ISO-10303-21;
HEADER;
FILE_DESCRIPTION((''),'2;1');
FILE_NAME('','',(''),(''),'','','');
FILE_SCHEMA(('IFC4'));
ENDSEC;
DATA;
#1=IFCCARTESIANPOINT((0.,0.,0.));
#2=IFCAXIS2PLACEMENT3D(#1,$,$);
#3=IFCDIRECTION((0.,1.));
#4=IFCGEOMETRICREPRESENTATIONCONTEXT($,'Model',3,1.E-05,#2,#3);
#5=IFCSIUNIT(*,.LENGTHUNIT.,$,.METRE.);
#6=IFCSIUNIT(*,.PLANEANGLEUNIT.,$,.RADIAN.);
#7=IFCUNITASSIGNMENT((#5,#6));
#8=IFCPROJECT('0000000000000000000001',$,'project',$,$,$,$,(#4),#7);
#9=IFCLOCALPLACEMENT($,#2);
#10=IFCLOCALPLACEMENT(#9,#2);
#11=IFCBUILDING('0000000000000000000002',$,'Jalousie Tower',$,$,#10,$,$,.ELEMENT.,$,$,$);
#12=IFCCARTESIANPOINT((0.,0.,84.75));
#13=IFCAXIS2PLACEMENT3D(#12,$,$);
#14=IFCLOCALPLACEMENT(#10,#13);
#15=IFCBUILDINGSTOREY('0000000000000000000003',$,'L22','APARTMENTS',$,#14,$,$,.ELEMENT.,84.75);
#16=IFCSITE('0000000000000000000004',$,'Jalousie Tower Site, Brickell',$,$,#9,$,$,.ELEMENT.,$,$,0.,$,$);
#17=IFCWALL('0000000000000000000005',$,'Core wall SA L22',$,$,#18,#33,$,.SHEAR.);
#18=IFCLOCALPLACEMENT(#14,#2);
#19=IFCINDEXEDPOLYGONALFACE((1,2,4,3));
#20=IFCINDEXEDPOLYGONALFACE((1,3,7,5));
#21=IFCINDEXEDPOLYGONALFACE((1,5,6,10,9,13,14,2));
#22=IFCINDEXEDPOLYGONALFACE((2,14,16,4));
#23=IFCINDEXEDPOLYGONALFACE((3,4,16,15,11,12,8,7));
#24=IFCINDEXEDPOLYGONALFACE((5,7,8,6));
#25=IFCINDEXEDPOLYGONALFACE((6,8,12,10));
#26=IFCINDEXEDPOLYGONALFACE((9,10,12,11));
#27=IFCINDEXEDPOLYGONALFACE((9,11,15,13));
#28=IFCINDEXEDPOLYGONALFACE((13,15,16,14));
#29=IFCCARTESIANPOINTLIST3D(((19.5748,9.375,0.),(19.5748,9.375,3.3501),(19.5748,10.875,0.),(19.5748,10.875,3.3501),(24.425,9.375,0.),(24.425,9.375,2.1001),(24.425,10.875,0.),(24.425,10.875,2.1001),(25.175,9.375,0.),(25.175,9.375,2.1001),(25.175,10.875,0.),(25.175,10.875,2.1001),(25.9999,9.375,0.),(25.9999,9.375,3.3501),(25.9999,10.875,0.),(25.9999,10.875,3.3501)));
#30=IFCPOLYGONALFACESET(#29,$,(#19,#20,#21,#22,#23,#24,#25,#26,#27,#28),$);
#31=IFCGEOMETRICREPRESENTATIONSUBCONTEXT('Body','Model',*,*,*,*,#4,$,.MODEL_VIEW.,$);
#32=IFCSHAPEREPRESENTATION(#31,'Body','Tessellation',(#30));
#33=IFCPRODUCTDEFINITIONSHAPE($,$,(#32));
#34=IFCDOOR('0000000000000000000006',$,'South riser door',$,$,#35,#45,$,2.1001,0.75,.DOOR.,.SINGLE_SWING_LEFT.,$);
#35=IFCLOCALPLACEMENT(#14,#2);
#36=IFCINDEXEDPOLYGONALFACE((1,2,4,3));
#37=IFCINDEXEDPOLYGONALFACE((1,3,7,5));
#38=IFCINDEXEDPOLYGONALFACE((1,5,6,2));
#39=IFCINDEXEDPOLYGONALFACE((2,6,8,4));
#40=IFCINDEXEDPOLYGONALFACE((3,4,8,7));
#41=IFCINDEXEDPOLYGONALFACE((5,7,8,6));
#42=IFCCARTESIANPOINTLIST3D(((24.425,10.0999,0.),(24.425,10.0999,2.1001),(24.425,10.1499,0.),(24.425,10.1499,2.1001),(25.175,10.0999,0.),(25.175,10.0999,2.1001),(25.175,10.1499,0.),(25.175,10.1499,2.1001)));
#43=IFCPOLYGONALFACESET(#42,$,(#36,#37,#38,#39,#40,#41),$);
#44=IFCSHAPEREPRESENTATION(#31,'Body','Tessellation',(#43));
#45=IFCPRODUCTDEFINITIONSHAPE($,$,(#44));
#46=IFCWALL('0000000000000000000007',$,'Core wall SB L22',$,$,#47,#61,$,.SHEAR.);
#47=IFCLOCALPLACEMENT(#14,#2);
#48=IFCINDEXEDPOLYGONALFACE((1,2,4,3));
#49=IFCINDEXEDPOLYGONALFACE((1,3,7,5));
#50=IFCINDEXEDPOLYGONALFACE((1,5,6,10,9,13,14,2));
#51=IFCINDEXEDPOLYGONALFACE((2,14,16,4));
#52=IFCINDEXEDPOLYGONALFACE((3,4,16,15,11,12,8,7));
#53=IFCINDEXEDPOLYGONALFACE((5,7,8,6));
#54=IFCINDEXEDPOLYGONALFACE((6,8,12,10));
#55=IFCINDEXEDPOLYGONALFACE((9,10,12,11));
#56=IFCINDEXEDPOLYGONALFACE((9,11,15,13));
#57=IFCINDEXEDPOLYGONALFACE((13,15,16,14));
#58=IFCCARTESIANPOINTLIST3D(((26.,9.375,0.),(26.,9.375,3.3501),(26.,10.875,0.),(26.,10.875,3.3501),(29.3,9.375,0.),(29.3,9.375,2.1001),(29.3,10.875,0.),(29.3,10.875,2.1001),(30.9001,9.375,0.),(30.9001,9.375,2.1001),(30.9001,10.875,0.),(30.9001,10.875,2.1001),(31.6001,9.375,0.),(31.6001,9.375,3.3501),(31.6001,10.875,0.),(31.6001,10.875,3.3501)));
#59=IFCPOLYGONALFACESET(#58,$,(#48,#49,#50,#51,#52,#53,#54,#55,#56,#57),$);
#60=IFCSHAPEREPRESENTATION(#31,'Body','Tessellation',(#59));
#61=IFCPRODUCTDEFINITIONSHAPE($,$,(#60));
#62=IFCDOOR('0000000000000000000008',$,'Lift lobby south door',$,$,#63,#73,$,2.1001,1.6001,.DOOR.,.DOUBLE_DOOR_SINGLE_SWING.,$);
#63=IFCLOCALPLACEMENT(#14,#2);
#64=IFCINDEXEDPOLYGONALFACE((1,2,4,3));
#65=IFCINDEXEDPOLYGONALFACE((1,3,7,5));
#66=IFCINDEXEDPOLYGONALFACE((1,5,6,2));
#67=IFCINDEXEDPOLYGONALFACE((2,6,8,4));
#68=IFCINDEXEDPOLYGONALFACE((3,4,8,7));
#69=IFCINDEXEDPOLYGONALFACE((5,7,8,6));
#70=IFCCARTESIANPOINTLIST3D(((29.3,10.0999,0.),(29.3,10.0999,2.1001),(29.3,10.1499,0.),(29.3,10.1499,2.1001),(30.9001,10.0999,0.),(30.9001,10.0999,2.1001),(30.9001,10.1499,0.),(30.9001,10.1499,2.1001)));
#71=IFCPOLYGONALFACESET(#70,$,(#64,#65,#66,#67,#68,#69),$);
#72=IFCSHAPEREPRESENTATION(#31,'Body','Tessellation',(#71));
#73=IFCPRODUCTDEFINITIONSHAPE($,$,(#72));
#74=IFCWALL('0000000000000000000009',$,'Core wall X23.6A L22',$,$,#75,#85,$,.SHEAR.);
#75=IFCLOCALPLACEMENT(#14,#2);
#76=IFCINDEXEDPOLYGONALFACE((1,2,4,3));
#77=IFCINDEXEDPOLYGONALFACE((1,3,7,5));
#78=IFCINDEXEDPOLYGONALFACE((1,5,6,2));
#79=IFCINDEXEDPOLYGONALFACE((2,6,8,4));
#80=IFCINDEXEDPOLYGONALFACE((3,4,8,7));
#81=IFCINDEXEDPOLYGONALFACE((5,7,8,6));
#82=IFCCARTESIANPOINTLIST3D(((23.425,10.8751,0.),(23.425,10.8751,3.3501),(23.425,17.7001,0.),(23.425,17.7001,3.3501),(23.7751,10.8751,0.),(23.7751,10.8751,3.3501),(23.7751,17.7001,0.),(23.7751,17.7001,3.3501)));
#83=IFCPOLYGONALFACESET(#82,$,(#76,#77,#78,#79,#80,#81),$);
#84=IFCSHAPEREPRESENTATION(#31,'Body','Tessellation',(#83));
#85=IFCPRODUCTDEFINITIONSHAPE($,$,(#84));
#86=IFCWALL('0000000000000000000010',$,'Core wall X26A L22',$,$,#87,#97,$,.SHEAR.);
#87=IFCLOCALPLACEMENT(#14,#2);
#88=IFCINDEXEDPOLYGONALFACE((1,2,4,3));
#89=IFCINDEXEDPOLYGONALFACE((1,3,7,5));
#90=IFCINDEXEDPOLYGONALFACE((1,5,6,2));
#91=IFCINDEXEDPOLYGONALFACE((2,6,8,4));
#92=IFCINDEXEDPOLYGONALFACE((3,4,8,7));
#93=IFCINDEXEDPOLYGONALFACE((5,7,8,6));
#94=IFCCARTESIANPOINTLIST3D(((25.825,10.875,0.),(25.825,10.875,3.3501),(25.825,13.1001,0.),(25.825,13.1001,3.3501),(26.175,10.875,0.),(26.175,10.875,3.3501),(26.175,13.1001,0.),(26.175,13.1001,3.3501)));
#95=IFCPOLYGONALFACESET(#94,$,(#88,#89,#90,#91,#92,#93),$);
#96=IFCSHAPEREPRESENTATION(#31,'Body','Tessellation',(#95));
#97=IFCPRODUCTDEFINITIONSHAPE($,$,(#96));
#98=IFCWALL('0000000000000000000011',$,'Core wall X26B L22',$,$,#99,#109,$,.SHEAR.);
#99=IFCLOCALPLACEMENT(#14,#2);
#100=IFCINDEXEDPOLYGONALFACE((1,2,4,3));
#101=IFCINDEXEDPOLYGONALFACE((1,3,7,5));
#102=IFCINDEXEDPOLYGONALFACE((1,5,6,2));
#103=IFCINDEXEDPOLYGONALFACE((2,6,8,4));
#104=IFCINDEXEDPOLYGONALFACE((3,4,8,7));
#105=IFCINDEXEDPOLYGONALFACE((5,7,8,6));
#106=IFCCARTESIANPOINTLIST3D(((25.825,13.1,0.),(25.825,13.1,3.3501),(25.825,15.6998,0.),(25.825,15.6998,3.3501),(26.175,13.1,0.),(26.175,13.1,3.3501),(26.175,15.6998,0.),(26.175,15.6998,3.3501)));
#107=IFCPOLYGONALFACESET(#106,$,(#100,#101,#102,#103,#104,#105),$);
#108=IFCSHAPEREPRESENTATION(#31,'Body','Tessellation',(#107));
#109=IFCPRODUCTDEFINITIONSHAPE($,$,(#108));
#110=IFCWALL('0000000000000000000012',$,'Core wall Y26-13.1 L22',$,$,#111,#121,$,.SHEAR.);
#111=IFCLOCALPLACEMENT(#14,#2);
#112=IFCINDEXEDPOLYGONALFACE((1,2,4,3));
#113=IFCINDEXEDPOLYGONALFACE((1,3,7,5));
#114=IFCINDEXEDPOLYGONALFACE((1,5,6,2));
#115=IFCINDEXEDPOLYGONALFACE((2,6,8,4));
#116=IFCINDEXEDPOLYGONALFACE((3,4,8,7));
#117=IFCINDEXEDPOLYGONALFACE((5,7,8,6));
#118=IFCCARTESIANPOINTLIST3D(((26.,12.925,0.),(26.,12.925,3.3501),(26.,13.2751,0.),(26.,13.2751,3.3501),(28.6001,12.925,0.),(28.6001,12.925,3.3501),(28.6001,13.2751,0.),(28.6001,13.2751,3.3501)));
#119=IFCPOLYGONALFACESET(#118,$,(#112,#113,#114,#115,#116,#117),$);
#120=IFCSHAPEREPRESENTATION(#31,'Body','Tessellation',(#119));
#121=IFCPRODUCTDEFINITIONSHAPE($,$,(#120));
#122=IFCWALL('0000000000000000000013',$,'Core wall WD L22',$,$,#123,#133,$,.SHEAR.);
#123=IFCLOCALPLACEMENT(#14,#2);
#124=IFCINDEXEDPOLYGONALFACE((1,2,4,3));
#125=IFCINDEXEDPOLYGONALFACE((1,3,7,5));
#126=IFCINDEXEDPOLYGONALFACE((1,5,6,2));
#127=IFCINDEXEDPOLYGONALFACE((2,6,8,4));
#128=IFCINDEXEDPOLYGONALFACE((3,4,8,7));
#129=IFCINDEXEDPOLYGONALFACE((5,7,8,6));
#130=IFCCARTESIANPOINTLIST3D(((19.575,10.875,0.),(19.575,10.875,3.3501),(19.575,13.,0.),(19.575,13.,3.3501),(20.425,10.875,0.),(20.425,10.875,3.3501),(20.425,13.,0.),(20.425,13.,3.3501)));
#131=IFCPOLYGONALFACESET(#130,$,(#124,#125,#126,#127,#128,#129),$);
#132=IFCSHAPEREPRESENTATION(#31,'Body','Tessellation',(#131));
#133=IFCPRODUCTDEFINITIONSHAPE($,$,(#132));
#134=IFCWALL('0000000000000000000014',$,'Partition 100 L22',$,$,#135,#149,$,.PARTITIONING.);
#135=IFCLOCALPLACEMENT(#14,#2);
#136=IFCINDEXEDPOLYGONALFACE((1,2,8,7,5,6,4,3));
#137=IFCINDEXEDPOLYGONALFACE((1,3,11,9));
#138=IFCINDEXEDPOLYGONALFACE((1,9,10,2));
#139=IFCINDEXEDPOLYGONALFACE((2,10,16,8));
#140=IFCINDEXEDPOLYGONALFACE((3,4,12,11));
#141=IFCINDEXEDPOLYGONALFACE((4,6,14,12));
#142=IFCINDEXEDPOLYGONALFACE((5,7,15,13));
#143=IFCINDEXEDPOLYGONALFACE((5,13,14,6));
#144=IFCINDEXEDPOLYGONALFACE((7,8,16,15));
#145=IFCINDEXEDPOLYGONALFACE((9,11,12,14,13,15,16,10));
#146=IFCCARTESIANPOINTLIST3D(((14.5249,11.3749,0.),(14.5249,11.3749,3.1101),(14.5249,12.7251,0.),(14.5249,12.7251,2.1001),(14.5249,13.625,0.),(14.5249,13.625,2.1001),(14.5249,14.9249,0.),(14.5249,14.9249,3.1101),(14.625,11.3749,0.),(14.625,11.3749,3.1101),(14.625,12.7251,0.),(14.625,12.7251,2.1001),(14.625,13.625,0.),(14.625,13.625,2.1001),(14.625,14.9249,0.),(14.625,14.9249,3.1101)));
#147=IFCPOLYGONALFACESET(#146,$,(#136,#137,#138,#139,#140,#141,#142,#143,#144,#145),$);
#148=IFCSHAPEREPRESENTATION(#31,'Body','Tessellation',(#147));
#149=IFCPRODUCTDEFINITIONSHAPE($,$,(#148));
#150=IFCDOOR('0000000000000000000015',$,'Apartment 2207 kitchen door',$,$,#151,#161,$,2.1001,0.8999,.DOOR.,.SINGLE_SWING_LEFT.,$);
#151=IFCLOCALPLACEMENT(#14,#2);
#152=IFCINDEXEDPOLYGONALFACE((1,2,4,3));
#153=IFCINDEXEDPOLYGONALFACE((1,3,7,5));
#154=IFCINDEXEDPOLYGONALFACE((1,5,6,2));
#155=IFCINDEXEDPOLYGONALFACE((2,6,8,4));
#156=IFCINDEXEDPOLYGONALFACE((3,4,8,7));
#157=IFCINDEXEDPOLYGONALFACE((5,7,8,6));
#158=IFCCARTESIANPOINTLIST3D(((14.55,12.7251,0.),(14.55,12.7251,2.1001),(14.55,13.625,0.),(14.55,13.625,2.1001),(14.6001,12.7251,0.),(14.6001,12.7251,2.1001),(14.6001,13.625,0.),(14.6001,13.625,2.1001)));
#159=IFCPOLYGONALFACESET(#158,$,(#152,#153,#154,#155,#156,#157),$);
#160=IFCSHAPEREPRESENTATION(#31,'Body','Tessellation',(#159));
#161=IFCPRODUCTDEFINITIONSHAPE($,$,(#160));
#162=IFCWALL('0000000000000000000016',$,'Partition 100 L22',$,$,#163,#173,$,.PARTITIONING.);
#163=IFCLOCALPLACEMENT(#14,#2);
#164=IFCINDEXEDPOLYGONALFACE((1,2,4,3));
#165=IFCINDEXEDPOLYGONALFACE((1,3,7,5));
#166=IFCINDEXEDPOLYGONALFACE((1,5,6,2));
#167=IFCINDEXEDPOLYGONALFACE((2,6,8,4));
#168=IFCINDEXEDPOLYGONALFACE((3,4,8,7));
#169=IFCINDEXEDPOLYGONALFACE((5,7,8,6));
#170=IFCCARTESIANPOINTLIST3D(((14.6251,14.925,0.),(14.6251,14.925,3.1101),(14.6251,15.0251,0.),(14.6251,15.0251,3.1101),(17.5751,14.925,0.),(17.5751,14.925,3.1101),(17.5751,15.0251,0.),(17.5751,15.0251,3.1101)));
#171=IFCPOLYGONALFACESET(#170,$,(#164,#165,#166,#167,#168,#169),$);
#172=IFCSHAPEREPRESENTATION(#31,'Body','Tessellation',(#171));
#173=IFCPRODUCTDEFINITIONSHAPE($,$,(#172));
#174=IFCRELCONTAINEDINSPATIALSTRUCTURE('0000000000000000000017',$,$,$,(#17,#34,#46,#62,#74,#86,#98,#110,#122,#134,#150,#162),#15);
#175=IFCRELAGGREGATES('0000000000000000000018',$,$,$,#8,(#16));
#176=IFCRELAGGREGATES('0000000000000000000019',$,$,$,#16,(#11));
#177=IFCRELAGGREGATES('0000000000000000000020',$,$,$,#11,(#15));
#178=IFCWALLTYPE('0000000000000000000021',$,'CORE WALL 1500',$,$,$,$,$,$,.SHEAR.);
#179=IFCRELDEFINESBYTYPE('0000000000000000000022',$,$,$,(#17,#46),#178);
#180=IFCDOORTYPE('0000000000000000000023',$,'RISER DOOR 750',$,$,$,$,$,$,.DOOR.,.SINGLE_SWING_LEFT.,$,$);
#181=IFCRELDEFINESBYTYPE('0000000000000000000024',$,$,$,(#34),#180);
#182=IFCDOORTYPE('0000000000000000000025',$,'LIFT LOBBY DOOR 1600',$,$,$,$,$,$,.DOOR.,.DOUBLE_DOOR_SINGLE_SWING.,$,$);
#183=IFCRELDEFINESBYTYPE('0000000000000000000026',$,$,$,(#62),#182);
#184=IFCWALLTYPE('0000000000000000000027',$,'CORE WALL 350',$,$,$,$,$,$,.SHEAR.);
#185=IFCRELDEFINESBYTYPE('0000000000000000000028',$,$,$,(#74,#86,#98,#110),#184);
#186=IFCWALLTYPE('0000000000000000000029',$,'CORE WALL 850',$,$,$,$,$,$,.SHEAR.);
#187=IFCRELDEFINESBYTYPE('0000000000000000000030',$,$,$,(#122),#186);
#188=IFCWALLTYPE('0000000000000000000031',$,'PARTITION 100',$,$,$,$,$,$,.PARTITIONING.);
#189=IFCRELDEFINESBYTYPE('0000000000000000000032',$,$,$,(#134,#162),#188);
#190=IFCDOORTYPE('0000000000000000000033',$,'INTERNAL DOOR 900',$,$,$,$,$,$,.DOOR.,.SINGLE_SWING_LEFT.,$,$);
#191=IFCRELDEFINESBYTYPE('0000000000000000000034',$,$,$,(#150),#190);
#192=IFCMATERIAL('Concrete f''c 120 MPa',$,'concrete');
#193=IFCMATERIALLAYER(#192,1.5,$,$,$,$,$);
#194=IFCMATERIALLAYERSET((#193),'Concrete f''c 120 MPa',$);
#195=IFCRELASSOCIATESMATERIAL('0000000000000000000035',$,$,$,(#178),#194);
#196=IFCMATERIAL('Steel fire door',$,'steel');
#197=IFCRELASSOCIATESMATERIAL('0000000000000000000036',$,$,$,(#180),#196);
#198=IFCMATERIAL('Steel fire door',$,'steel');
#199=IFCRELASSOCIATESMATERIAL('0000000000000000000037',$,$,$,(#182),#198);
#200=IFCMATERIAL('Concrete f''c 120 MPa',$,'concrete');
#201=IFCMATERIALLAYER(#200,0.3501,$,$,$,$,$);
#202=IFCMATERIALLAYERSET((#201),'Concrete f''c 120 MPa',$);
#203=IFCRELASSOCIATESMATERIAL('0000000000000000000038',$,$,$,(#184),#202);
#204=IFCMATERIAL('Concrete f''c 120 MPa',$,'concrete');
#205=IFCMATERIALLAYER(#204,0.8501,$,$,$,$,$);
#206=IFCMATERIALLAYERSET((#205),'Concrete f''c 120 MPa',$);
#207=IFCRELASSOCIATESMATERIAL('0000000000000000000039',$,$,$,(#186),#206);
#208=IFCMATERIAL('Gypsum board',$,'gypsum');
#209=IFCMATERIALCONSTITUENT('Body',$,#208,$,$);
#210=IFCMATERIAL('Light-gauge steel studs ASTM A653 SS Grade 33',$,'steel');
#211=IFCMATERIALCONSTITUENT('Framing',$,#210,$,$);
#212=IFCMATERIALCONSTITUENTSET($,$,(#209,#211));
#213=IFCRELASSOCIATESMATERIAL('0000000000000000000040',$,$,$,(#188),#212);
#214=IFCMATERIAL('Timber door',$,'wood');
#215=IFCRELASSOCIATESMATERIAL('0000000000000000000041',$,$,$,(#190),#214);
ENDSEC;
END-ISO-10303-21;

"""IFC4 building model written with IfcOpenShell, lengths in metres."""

from ifc_helpers import new_model, si_unit, direction, frame, frame_2d, origin, place, context, subcontext, project, spatial, rectangle, extrude, material, layer, layer_set, constituent, constituent_set, type_object, element, fill, save


model = new_model("IFC4")

# Units and contexts
model_context = context("Model", 3, precision=1e-05, world=origin(), true_north=direction((0.0, 1.0)))
body_context = subcontext(model_context, "Body", "Model", "MODEL_VIEW")
ifc_project = project(units=[si_unit("LENGTHUNIT", "METRE"), si_unit("PLANEANGLEUNIT", "RADIAN")], contexts=[model_context])

# Site, building, storey
site_placement = place(None, origin())
site = spatial("IfcSite", under=ifc_project, at=site_placement, Name="Jalousie Tower Site, Brickell", CompositionType="ELEMENT", RefElevation=0.0)
building_placement = place(site_placement, origin())
building = spatial("IfcBuilding", under=site, at=building_placement, Name="Jalousie Tower", CompositionType="ELEMENT")
storey_placement = place(building_placement, frame((0.0, 0.0, 84.75)))
storey = spatial("IfcBuildingStorey", under=building, at=storey_placement, Name="L22", Description="APARTMENTS", CompositionType="ELEMENT", Elevation=84.75)

# Walls, openings, doors
ifc_material_1 = material(Name="Concrete f'c 120 MPa", Category="concrete")
ifc_layer_1 = layer(ifc_material_1, 1.5)
ifc_layer_set_1 = layer_set([ifc_layer_1], Name="Concrete f'c 120 MPa")
wall_type_1 = type_object("IfcWallType", Name="CORE WALL 1500", PredefinedType="SHEAR", material=ifc_layer_set_1)
wall_1_placement = place(storey_placement, frame((19.575, 10.125, 0.0), z_axis=(0.0, 0.0, 1.0), x_axis=(1.0, 0.0, 0.0)))
wall_1 = element("IfcWall", 1, at=wall_1_placement, inside=storey, type_object=wall_type_1, Name="Core wall SA L22", PredefinedType="SHEAR", context=body_context, shape_type="SweptSolid", body=[
    extrude(rectangle(XDim=6.425, YDim=1.5, at=frame_2d((3.2124, 0.0))), origin(), (0.0, 0.0, 1.0), 3.3501),
])
opening_1_placement = place(wall_1_placement, frame((4.8501, 0.0, 0.0)))
opening_1 = element("IfcOpeningElement", 2, at=opening_1_placement, cuts=wall_1, PredefinedType="OPENING", context=body_context, shape_type="SweptSolid", body=[
    extrude(rectangle(XDim=0.75, YDim=2.1001, at=frame_2d((0.375, 1.05))), frame((0.0, 0.76, 0.0), z_axis=(0.0, -1.0, 0.0), x_axis=(1.0, 0.0, 0.0)), (0.0, 0.0, 1.0), 1.52),
])
ifc_material_2 = material(Name="Steel fire door", Category="steel")
door_type_1 = type_object("IfcDoorType", Name="RISER DOOR 750", OperationType="SINGLE_SWING_LEFT", PredefinedType="DOOR", material=ifc_material_2)
door_1_placement = place(opening_1_placement, origin())
door_1 = element("IfcDoor", 3, at=door_1_placement, inside=storey, type_object=door_type_1, Name="South riser door", OperationType="SINGLE_SWING_LEFT", OverallHeight=2.1001, OverallWidth=0.75, PredefinedType="DOOR", context=body_context, shape_type="SweptSolid", body=[
    extrude(rectangle(XDim=0.75, YDim=2.1001, at=frame_2d((0.375, 1.05))), frame((0.0, 0.0249, 0.0), z_axis=(0.0, -1.0, 0.0), x_axis=(1.0, 0.0, 0.0)), (0.0, 0.0, 1.0), 0.05),
])
fill(opening_1, door_1)
wall_2_placement = place(storey_placement, frame((26.0, 10.125, 0.0), z_axis=(0.0, 0.0, 1.0), x_axis=(1.0, 0.0, 0.0)))
wall_2 = element("IfcWall", 4, at=wall_2_placement, inside=storey, type_object=wall_type_1, Name="Core wall SB L22", PredefinedType="SHEAR", context=body_context, shape_type="SweptSolid", body=[
    extrude(rectangle(XDim=5.6001, YDim=1.5, at=frame_2d((2.8, 0.0))), origin(), (0.0, 0.0, 1.0), 3.3501),
])
opening_2_placement = place(wall_2_placement, frame((3.3, 0.0, 0.0)))
opening_2 = element("IfcOpeningElement", 5, at=opening_2_placement, cuts=wall_2, PredefinedType="OPENING", context=body_context, shape_type="SweptSolid", body=[
    extrude(rectangle(XDim=1.6001, YDim=2.1001, at=frame_2d((0.8, 1.05))), frame((0.0, 0.76, 0.0), z_axis=(0.0, -1.0, 0.0), x_axis=(1.0, 0.0, 0.0)), (0.0, 0.0, 1.0), 1.52),
])
ifc_material_3 = material(Name="Steel fire door", Category="steel")
door_type_2 = type_object("IfcDoorType", Name="LIFT LOBBY DOOR 1600", OperationType="DOUBLE_DOOR_SINGLE_SWING", PredefinedType="DOOR", material=ifc_material_3)
door_2_placement = place(opening_2_placement, origin())
door_2 = element("IfcDoor", 6, at=door_2_placement, inside=storey, type_object=door_type_2, Name="Lift lobby south door", OperationType="DOUBLE_DOOR_SINGLE_SWING", OverallHeight=2.1001, OverallWidth=1.6001, PredefinedType="DOOR", context=body_context, shape_type="SweptSolid", body=[
    extrude(rectangle(XDim=1.6001, YDim=2.1001, at=frame_2d((0.8, 1.05))), frame((0.0, 0.0249, 0.0), z_axis=(0.0, -1.0, 0.0), x_axis=(1.0, 0.0, 0.0)), (0.0, 0.0, 1.0), 0.05),
])
fill(opening_2, door_2)

# Walls
ifc_material_4 = material(Name="Concrete f'c 120 MPa", Category="concrete")
ifc_layer_2 = layer(ifc_material_4, 0.3501)
ifc_layer_set_2 = layer_set([ifc_layer_2], Name="Concrete f'c 120 MPa")
wall_type_2 = type_object("IfcWallType", Name="CORE WALL 350", PredefinedType="SHEAR", material=ifc_layer_set_2)
wall_3_placement = place(storey_placement, frame((23.6001, 10.875, 0.0), z_axis=(0.0, 0.0, 1.0), x_axis=(0.0, 1.0, 0.0)))
element("IfcWall", 7, at=wall_3_placement, inside=storey, type_object=wall_type_2, Name="Core wall X23.6A L22", PredefinedType="SHEAR", context=body_context, shape_type="SweptSolid", body=[
    extrude(rectangle(XDim=6.825, YDim=0.3501, at=frame_2d((3.4126, 0.0))), origin(), (0.0, 0.0, 1.0), 3.3501),
])
wall_4_placement = place(storey_placement, frame((26.0, 10.875, 0.0), z_axis=(0.0, 0.0, 1.0), x_axis=(0.0, 1.0, 0.0)))
element("IfcWall", 8, at=wall_4_placement, inside=storey, type_object=wall_type_2, Name="Core wall X26A L22", PredefinedType="SHEAR", context=body_context, shape_type="SweptSolid", body=[
    extrude(rectangle(XDim=2.2251, YDim=0.3501, at=frame_2d((1.1125, 0.0))), origin(), (0.0, 0.0, 1.0), 3.3501),
])
wall_5_placement = place(storey_placement, frame((26.0, 13.1001, 0.0), z_axis=(0.0, 0.0, 1.0), x_axis=(0.0, 1.0, 0.0)))
element("IfcWall", 9, at=wall_5_placement, inside=storey, type_object=wall_type_2, Name="Core wall X26B L22", PredefinedType="SHEAR", context=body_context, shape_type="SweptSolid", body=[
    extrude(rectangle(XDim=2.5999, YDim=0.3501, at=frame_2d((1.2998, 0.0))), origin(), (0.0, 0.0, 1.0), 3.3501),
])
wall_6_placement = place(storey_placement, frame((26.0, 13.1001, 0.0), z_axis=(0.0, 0.0, 1.0), x_axis=(1.0, 0.0, 0.0)))
element("IfcWall", 10, at=wall_6_placement, inside=storey, type_object=wall_type_2, Name="Core wall Y26-13.1 L22", PredefinedType="SHEAR", context=body_context, shape_type="SweptSolid", body=[
    extrude(rectangle(XDim=2.6001, YDim=0.3501, at=frame_2d((1.3, 0.0))), origin(), (0.0, 0.0, 1.0), 3.3501),
])
ifc_material_5 = material(Name="Concrete f'c 120 MPa", Category="concrete")
ifc_layer_3 = layer(ifc_material_5, 0.8501)
ifc_layer_set_3 = layer_set([ifc_layer_3], Name="Concrete f'c 120 MPa")
wall_type_3 = type_object("IfcWallType", Name="CORE WALL 850", PredefinedType="SHEAR", material=ifc_layer_set_3)
wall_7_placement = place(storey_placement, frame((20.0, 13.0, 0.0), z_axis=(0.0, 0.0, 1.0), x_axis=(0.0, -1.0, 0.0)))
element("IfcWall", 11, at=wall_7_placement, inside=storey, type_object=wall_type_3, Name="Core wall WD L22", PredefinedType="SHEAR", context=body_context, shape_type="SweptSolid", body=[
    extrude(rectangle(XDim=2.125, YDim=0.8501, at=frame_2d((1.0625, 0.0))), origin(), (0.0, 0.0, 1.0), 3.3501),
])

# Wall, opening, door
ifc_material_6 = material(Name="Gypsum board", Category="gypsum")
ifc_constituent_1 = constituent(ifc_material_6, Name="Body")
ifc_material_7 = material(Name="Light-gauge steel studs ASTM A653 SS Grade 33", Category="steel")
ifc_constituent_2 = constituent(ifc_material_7, Name="Framing")
ifc_constituent_set_1 = constituent_set(constituents=[ifc_constituent_1, ifc_constituent_2])
wall_type_4 = type_object("IfcWallType", Name="PARTITION 100", PredefinedType="PARTITIONING", material=ifc_constituent_set_1)
wall_8_placement = place(storey_placement, frame((14.575, 11.375, 0.0), z_axis=(0.0, 0.0, 1.0), x_axis=(0.0, 1.0, 0.0)))
wall_8 = element("IfcWall", 12, at=wall_8_placement, inside=storey, type_object=wall_type_4, Name="Partition 100 L22", PredefinedType="PARTITIONING", context=body_context, shape_type="SweptSolid", body=[
    extrude(rectangle(XDim=3.55, YDim=0.1001, at=frame_2d((1.7749, 0.0))), origin(), (0.0, 0.0, 1.0), 3.1101),
])
opening_3_placement = place(wall_8_placement, frame((1.3501, 0.0, 0.0)))
opening_3 = element("IfcOpeningElement", 13, at=opening_3_placement, cuts=wall_8, PredefinedType="OPENING", context=body_context, shape_type="SweptSolid", body=[
    extrude(rectangle(XDim=0.8999, YDim=2.1001, at=frame_2d((0.45, 1.05))), frame((0.0, 0.0601, 0.0), z_axis=(0.0, -1.0, 0.0), x_axis=(1.0, 0.0, 0.0)), (0.0, 0.0, 1.0), 0.1201),
])
ifc_material_8 = material(Name="Timber door", Category="wood")
door_type_3 = type_object("IfcDoorType", Name="INTERNAL DOOR 900", OperationType="SINGLE_SWING_LEFT", PredefinedType="DOOR", material=ifc_material_8)
door_3_placement = place(opening_3_placement, origin())
door_3 = element("IfcDoor", 14, at=door_3_placement, inside=storey, type_object=door_type_3, Name="Apartment 2207 kitchen door", OperationType="SINGLE_SWING_LEFT", OverallHeight=2.1001, OverallWidth=0.8999, PredefinedType="DOOR", context=body_context, shape_type="SweptSolid", body=[
    extrude(rectangle(XDim=0.8999, YDim=2.1001, at=frame_2d((0.45, 1.05))), frame((0.0, 0.0249, 0.0), z_axis=(0.0, -1.0, 0.0), x_axis=(1.0, 0.0, 0.0)), (0.0, 0.0, 1.0), 0.05),
])
fill(opening_3, door_3)

# Wall
wall_9_placement = place(storey_placement, frame((14.625, 14.9751, 0.0), z_axis=(0.0, 0.0, 1.0), x_axis=(1.0, 0.0, 0.0)))
element("IfcWall", 15, at=wall_9_placement, inside=storey, type_object=wall_type_4, Name="Partition 100 L22", PredefinedType="PARTITIONING", context=body_context, shape_type="SweptSolid", body=[
    extrude(rectangle(XDim=2.95, YDim=0.1001, at=frame_2d((1.4751, 0.0))), origin(), (0.0, 0.0, 1.0), 3.1101),
])

save(model, "model.ifc")
